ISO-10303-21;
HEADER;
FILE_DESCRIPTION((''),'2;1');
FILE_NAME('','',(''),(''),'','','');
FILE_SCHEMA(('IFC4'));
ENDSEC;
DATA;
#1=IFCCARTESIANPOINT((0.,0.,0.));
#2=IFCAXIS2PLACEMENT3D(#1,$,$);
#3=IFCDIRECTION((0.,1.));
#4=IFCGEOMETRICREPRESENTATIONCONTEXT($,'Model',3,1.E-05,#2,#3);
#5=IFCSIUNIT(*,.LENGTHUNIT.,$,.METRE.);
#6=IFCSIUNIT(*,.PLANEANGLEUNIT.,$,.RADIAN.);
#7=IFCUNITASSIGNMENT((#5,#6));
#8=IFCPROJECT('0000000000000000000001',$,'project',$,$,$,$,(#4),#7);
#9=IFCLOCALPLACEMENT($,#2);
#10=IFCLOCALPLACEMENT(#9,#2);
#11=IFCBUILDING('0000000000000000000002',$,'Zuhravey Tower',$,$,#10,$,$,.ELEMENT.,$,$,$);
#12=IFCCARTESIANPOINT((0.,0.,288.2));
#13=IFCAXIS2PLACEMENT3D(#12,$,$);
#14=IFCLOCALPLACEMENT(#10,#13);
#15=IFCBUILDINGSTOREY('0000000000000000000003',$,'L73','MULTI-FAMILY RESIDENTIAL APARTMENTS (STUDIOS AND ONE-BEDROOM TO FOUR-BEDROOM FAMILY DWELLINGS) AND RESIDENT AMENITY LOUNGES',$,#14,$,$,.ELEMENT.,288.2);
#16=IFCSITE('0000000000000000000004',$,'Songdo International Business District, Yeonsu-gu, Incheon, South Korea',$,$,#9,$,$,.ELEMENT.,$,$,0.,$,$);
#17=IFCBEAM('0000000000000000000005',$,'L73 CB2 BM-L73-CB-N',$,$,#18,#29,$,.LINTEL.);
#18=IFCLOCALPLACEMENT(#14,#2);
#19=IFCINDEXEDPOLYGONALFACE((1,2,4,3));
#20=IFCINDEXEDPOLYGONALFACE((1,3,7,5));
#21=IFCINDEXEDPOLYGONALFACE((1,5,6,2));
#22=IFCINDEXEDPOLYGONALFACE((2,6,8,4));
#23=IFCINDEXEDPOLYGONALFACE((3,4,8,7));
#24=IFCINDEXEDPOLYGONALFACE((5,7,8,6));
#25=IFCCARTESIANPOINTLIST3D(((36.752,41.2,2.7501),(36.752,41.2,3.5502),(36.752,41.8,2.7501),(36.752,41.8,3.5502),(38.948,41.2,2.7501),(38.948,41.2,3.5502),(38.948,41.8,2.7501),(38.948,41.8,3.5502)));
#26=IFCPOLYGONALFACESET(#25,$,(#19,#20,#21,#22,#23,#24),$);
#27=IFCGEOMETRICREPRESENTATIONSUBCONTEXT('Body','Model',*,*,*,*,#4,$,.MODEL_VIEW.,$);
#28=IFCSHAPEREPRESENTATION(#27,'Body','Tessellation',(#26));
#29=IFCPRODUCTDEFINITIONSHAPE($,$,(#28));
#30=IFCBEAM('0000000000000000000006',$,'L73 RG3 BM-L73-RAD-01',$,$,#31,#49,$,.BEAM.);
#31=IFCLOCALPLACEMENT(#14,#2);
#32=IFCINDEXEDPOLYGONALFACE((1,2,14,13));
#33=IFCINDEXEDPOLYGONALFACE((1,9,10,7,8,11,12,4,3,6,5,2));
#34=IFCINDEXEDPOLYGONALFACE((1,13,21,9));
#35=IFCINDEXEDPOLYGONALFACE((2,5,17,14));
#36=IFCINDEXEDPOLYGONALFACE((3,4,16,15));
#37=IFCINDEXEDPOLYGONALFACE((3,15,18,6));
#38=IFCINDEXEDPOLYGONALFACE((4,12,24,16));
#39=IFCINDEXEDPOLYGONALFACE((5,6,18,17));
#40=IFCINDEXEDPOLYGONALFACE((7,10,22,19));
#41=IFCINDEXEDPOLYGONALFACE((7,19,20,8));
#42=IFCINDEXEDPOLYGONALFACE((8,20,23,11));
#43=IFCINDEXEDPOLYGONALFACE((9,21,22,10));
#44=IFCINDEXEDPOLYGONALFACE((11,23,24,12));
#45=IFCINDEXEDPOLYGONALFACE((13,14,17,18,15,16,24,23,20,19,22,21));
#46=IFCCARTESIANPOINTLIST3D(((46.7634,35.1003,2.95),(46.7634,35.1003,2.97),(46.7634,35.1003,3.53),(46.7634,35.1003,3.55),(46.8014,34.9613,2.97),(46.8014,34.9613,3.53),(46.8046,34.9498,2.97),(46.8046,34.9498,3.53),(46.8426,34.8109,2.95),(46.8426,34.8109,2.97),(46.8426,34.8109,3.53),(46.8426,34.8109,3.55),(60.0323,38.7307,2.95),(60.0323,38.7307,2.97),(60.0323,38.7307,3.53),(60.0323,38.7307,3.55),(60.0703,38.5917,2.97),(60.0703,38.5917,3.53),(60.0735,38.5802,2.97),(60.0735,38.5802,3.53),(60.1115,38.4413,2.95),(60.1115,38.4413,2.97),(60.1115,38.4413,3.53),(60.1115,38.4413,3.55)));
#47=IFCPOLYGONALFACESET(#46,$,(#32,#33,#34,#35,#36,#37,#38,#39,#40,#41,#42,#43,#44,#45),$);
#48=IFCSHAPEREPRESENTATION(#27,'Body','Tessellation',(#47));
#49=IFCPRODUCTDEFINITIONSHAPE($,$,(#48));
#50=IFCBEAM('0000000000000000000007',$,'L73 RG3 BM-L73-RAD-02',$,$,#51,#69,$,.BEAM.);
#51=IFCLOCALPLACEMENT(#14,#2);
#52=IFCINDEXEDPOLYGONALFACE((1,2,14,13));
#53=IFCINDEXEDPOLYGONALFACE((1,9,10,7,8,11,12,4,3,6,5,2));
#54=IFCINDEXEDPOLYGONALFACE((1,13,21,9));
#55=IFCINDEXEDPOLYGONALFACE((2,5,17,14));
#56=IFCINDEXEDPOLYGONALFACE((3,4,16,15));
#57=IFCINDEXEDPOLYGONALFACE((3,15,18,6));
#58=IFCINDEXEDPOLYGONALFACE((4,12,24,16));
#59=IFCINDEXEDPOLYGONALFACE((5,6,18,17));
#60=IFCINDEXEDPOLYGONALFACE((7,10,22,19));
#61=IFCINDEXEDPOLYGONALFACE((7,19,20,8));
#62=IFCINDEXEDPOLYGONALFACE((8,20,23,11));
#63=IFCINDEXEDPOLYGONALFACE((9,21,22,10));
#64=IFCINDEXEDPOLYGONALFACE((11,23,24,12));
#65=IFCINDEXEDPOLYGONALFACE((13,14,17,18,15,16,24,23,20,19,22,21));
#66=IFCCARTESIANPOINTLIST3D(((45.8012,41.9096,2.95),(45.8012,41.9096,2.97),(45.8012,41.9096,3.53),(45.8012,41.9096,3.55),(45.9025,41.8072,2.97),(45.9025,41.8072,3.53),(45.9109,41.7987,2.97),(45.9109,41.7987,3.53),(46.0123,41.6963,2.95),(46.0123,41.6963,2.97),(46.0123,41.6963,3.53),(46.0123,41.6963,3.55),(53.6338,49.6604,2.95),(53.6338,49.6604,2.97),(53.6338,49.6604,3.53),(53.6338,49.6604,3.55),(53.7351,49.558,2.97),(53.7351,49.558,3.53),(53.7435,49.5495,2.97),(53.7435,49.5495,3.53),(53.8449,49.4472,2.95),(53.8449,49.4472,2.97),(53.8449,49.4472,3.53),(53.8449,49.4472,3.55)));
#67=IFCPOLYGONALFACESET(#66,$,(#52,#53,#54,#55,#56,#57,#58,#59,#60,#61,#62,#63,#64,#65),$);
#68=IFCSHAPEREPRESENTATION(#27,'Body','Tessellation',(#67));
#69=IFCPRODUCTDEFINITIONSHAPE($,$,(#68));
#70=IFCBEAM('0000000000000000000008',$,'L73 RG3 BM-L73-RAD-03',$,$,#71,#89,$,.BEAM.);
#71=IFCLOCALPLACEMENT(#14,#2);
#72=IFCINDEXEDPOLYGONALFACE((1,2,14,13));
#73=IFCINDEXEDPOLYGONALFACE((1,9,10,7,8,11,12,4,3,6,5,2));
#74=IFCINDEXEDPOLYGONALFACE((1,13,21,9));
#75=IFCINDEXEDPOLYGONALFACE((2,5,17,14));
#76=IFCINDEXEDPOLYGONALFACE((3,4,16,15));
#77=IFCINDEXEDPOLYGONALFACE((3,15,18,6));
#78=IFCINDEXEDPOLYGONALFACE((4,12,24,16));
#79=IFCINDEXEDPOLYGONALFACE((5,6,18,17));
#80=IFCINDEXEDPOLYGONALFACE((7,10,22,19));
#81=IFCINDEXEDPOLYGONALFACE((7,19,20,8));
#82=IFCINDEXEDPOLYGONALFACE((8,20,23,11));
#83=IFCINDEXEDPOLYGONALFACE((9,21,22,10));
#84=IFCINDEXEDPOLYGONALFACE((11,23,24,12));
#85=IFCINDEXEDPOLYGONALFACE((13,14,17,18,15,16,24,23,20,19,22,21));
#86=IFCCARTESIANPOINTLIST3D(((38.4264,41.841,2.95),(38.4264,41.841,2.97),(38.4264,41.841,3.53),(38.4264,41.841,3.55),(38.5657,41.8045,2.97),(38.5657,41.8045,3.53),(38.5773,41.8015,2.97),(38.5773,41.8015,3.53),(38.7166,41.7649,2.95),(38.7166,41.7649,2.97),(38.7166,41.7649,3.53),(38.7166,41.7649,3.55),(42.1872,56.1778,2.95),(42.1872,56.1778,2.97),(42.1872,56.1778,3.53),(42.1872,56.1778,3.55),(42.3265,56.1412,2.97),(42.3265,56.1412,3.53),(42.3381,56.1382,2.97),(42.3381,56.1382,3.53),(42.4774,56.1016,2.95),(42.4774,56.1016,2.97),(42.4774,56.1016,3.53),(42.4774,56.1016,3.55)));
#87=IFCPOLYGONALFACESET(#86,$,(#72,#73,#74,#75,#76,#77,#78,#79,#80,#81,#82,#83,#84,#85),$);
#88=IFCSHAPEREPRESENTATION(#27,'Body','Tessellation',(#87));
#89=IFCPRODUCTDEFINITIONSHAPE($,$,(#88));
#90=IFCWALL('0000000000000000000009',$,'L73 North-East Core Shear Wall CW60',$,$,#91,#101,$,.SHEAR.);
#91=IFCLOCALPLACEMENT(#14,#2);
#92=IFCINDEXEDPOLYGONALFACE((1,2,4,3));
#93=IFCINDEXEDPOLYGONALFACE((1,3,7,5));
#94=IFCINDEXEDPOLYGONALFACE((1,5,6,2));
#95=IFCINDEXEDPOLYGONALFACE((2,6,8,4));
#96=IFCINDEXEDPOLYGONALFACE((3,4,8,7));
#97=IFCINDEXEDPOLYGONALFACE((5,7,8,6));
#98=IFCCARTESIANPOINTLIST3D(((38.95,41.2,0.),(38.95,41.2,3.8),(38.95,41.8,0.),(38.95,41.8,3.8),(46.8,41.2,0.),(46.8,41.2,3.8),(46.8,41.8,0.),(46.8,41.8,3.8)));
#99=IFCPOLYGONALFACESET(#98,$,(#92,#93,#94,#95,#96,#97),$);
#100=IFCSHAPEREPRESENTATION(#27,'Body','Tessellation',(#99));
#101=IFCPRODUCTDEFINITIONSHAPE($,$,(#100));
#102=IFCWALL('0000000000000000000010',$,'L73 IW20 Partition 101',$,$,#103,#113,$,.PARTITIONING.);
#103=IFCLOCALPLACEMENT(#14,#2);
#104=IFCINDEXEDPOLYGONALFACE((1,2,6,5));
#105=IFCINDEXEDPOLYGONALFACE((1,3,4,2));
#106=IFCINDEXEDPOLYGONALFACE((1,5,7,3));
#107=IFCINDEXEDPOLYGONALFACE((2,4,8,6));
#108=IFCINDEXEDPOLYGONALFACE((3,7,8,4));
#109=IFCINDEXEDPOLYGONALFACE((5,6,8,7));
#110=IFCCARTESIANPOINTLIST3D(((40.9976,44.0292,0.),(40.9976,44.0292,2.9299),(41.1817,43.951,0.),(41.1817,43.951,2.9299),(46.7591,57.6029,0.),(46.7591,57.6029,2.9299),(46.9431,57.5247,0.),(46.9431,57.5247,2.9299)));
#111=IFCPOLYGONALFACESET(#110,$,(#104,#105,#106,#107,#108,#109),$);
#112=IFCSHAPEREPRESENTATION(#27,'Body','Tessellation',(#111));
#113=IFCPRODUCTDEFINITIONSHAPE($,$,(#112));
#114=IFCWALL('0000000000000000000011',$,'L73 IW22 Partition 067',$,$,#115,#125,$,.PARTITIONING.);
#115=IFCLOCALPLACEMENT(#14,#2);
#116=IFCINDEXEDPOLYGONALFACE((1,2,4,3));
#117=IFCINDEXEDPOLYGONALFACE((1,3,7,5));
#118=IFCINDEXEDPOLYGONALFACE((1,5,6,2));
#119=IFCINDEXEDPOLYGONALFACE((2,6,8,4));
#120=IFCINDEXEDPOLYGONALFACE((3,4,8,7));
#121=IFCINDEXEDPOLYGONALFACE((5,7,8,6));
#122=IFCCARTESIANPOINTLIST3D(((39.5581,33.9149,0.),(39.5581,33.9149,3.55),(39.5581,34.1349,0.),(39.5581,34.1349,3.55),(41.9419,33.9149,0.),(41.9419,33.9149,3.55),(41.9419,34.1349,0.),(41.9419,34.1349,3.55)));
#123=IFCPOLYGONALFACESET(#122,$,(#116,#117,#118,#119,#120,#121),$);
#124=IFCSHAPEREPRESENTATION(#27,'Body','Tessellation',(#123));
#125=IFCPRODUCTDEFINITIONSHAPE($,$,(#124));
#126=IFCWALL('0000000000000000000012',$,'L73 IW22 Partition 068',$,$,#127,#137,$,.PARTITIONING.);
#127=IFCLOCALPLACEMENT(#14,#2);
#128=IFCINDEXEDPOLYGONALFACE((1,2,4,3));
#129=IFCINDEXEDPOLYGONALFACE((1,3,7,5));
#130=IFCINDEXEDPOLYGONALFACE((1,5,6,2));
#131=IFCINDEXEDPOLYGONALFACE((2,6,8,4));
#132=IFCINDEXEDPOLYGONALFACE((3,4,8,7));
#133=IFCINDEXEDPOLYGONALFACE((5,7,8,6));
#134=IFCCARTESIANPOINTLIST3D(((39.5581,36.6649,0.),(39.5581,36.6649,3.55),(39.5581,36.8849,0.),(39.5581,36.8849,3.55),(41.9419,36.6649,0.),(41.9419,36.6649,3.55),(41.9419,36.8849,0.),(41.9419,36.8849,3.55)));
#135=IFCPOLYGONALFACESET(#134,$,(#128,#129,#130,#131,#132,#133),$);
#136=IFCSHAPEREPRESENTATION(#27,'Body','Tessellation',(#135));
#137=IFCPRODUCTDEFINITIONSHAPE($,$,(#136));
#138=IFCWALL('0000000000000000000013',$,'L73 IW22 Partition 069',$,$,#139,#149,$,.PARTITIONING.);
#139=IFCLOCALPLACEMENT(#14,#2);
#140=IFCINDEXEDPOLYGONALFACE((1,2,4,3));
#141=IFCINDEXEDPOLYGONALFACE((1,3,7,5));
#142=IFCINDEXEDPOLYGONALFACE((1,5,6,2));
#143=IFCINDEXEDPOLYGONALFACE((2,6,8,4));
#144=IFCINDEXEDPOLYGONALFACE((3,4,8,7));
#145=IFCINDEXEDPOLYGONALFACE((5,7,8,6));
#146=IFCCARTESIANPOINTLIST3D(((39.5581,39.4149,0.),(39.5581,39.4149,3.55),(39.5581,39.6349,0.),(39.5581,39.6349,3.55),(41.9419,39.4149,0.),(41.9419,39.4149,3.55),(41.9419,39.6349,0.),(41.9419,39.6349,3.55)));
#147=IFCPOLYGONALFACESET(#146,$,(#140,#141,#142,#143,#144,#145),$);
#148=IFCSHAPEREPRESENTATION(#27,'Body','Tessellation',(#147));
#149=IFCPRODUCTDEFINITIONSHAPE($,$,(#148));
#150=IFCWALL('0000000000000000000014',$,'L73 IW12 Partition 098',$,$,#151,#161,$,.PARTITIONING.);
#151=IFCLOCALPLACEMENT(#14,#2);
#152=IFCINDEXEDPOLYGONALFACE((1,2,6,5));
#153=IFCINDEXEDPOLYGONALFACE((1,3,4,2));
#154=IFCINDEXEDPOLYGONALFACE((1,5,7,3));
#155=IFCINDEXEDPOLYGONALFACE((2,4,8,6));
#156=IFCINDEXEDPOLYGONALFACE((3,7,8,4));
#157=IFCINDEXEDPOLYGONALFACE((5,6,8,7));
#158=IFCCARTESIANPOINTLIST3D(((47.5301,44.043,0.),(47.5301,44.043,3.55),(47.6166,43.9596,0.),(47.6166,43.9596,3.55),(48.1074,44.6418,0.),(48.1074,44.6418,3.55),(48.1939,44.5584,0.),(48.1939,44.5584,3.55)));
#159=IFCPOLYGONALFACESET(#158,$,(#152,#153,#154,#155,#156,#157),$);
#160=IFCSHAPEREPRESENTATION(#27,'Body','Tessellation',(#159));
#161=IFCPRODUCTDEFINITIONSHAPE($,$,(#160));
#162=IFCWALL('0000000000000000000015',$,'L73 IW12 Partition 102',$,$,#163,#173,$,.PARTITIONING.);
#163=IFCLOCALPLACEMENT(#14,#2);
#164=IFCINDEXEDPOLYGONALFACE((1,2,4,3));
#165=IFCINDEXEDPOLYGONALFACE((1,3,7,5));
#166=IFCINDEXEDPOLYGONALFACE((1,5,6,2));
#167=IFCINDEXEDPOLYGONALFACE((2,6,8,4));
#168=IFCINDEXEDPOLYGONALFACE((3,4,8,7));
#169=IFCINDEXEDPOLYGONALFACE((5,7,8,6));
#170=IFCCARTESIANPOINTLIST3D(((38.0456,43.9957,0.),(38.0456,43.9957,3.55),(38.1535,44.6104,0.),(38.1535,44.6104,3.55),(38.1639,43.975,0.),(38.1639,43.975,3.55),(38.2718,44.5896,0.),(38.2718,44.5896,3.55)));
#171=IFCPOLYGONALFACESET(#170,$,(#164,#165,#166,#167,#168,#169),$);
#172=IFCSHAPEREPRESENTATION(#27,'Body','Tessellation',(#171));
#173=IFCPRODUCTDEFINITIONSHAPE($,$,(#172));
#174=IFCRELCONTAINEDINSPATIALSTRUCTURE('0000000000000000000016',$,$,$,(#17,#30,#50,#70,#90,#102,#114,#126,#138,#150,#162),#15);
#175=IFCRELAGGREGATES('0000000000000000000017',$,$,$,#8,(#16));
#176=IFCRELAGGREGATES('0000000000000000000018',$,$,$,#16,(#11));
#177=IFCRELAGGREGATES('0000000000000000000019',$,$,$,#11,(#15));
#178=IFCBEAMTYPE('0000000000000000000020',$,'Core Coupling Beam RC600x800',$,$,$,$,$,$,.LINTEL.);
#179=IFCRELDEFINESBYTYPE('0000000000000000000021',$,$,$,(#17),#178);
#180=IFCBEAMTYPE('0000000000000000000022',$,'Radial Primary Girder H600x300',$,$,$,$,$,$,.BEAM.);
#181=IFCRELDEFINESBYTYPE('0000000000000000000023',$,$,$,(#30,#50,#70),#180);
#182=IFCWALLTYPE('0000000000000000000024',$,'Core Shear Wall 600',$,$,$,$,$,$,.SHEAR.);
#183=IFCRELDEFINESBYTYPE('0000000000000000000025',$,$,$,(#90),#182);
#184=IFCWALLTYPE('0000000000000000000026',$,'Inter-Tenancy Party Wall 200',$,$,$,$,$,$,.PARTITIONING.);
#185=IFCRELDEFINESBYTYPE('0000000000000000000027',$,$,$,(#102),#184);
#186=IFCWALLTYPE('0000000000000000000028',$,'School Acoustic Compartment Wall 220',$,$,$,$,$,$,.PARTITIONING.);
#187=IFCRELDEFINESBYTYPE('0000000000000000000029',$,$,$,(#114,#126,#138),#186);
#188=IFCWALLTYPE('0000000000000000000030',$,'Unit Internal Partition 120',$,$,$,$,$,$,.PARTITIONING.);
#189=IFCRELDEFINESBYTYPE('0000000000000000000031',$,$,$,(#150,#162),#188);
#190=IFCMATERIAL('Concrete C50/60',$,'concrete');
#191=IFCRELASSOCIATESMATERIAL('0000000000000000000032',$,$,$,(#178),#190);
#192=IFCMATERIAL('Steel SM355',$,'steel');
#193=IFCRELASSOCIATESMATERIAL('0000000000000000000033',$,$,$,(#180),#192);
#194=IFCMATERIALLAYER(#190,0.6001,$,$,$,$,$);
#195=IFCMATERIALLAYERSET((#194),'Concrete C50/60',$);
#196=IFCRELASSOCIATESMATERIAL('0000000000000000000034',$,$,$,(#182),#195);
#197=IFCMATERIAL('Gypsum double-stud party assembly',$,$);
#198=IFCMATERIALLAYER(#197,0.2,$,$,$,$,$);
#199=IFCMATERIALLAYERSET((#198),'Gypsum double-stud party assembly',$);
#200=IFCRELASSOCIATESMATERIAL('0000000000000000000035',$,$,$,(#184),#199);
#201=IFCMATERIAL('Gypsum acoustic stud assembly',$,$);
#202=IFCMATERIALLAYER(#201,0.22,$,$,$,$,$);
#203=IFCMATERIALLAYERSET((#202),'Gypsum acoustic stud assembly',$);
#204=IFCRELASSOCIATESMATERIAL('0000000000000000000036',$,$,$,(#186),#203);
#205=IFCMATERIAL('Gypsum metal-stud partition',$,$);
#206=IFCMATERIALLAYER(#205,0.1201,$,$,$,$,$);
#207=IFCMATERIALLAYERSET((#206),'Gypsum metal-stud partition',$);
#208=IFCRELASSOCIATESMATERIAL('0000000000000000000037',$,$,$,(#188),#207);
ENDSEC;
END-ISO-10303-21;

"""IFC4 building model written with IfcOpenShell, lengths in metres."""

from ifc_helpers import new_model, si_unit, direction, frame, frame_2d, origin, origin_2d, place, context, subcontext, project, spatial, rectangle, i_section, extrude, material, layer, layer_set, material_profile, profile_set, type_object, element, save


model = new_model("IFC4")

# Units and contexts
model_context = context("Model", 3, precision=1e-05, world=origin(), true_north=direction((0.0, 1.0)))
body_context = subcontext(model_context, "Body", "Model", "MODEL_VIEW")
ifc_project = project(units=[si_unit("LENGTHUNIT", "METRE"), si_unit("PLANEANGLEUNIT", "RADIAN")], contexts=[model_context])

# Site, building, storey
site_placement = place(None, origin())
site = spatial("IfcSite", under=ifc_project, at=site_placement, Name="Songdo International Business District, Yeonsu-gu, Incheon, South Korea", CompositionType="ELEMENT", RefElevation=0.0)
building_placement = place(site_placement, origin())
building = spatial("IfcBuilding", under=site, at=building_placement, Name="Zuhravey Tower", CompositionType="ELEMENT")
storey_placement = place(building_placement, frame((0.0, 0.0, 288.2)))
storey = spatial("IfcBuildingStorey", under=building, at=storey_placement, Name="L73", Description="MULTI-FAMILY RESIDENTIAL APARTMENTS (STUDIOS AND ONE-BEDROOM TO FOUR-BEDROOM FAMILY DWELLINGS) AND RESIDENT AMENITY LOUNGES", CompositionType="ELEMENT", Elevation=288.2)

# Beams
ifc_material_1 = material(Name="Concrete C50/60", Category="concrete")
ifc_material_profile_1 = material_profile(ifc_material_1, rectangle(XDim=0.6001, YDim=0.8, at=origin_2d()), Name="RC-600x800")
ifc_profile_set_1 = profile_set([ifc_material_profile_1], Name="Concrete C50/60")
beam_type_1 = type_object("IfcBeamType", Name="Core Coupling Beam RC600x800", PredefinedType="LINTEL", material=ifc_profile_set_1)
beam_1_placement = place(storey_placement, frame((36.752, 41.5, 3.1501), z_axis=(1.0, 0.0, 0.0), x_axis=(0.0, 1.0, 0.0)))
element("IfcBeam", 1, at=beam_1_placement, inside=storey, type_object=beam_type_1, Name="L73 CB2 BM-L73-CB-N", PredefinedType="LINTEL", context=body_context, shape_type="SweptSolid", body=[
    extrude(rectangle(XDim=0.6001, YDim=0.8, at=origin_2d()), origin(), (0.0, 0.0, 1.0), 2.196),
])
ifc_material_2 = material(Name="Steel SM355", Category="steel")
ifc_material_profile_2 = material_profile(ifc_material_2, i_section(OverallWidth=0.3, OverallDepth=0.6001, WebThickness=0.012, FlangeThickness=0.02, at=origin_2d()), Name="H-600x300x12x20")
ifc_profile_set_2 = profile_set([ifc_material_profile_2], Name="Steel SM355")
beam_type_2 = type_object("IfcBeamType", Name="Radial Primary Girder H600x300", PredefinedType="BEAM", material=ifc_profile_set_2)
beam_2_placement = place(storey_placement, frame((46.803, 34.9556, 3.25), z_axis=(0.964549, 0.263903, 0.0), x_axis=(-0.263903, 0.964549, 0.0)))
element("IfcBeam", 2, at=beam_2_placement, inside=storey, type_object=beam_type_2, Name="L73 RG3 BM-L73-RAD-01", PredefinedType="BEAM", context=body_context, shape_type="SweptSolid", body=[
    extrude(i_section(OverallWidth=0.3, OverallDepth=0.6001, WebThickness=0.012, FlangeThickness=0.02, at=origin_2d()), origin(), (0.0, 0.0, 1.0), 13.7566),
])
beam_3_placement = place(storey_placement, frame((45.9067, 41.803, 3.25), z_axis=(0.710808, 0.703386, 0.0), x_axis=(-0.703386, 0.710808, 0.0)))
element("IfcBeam", 3, at=beam_3_placement, inside=storey, type_object=beam_type_2, Name="L73 RG3 BM-L73-RAD-02", PredefinedType="BEAM", context=body_context, shape_type="SweptSolid", body=[
    extrude(i_section(OverallWidth=0.3, OverallDepth=0.6001, WebThickness=0.012, FlangeThickness=0.02, at=origin_2d()), origin(), (0.0, 0.0, 1.0), 11.0193),
])
beam_4_placement = place(storey_placement, frame((38.5715, 41.803, 3.25), z_axis=(0.253732, 0.967275, 0.0), x_axis=(-0.967275, 0.253732, 0.0)))
element("IfcBeam", 4, at=beam_4_placement, inside=storey, type_object=beam_type_2, Name="L73 RG3 BM-L73-RAD-03", PredefinedType="BEAM", context=body_context, shape_type="SweptSolid", body=[
    extrude(i_section(OverallWidth=0.3, OverallDepth=0.6001, WebThickness=0.012, FlangeThickness=0.02, at=origin_2d()), origin(), (0.0, 0.0, 1.0), 14.8218),
])

# Wall
ifc_layer_1 = layer(ifc_material_1, 0.6001)
ifc_layer_set_1 = layer_set([ifc_layer_1], Name="Concrete C50/60")
wall_type_1 = type_object("IfcWallType", Name="Core Shear Wall 600", PredefinedType="SHEAR", material=ifc_layer_set_1)
wall_1_placement = place(storey_placement, frame((46.8, 41.5, 0.0), z_axis=(0.0, 0.0, 1.0), x_axis=(-1.0, 0.0, 0.0)))
element("IfcWall", 5, at=wall_1_placement, inside=storey, type_object=wall_type_1, Name="L73 North-East Core Shear Wall CW60", PredefinedType="SHEAR", context=body_context, shape_type="SweptSolid", body=[
    extrude(rectangle(XDim=7.8501, YDim=0.6001, at=frame_2d((3.925, 0.0))), origin(), (0.0, 0.0, 1.0), 3.8),
])

# Walls
ifc_material_3 = material(Name="Gypsum double-stud party assembly")
ifc_layer_2 = layer(ifc_material_3, 0.2)
ifc_layer_set_2 = layer_set([ifc_layer_2], Name="Gypsum double-stud party assembly")
wall_type_2 = type_object("IfcWallType", Name="Inter-Tenancy Party Wall 200", PredefinedType="PARTITIONING", material=ifc_layer_set_2)
wall_2_placement = place(storey_placement, frame((41.0896, 43.99, 0.0), z_axis=(0.0, 0.0, 1.0), x_axis=(0.390718, 0.920511, 0.0)))
element("IfcWall", 6, at=wall_2_placement, inside=storey, type_object=wall_type_2, Name="L73 IW20 Partition 101", PredefinedType="PARTITIONING", context=body_context, shape_type="SweptSolid", body=[
    extrude(rectangle(XDim=14.7458, YDim=0.2, at=frame_2d((7.373, 0.0))), origin(), (0.0, 0.0, 1.0), 2.9299),
])
ifc_material_4 = material(Name="Gypsum acoustic stud assembly")
ifc_layer_3 = layer(ifc_material_4, 0.22)
ifc_layer_set_3 = layer_set([ifc_layer_3], Name="Gypsum acoustic stud assembly")
wall_type_3 = type_object("IfcWallType", Name="School Acoustic Compartment Wall 220", PredefinedType="PARTITIONING", material=ifc_layer_set_3)
for number, where, z_axis, x_axis, name in (
    (7, (39.5581, 34.0249, 0.0), (0.0, 0.0, 1.0), (1.0, 0.0, 0.0), "L73 IW22 Partition 067"),
    (8, (39.5581, 36.7749, 0.0), (0.0, 0.0, 1.0), (1.0, 0.0, 0.0), "L73 IW22 Partition 068"),
    (9, (39.5581, 39.5249, 0.0), (0.0, 0.0, 1.0), (1.0, 0.0, 0.0), "L73 IW22 Partition 069"),
):
    element("IfcWall", number, at=place(storey_placement, frame(where, z_axis=z_axis, x_axis=x_axis)), inside=storey, type_object=wall_type_3, Name=name, PredefinedType="PARTITIONING", context=body_context, shape_type="SweptSolid", body=[
        extrude(rectangle(XDim=2.3838, YDim=0.22, at=frame_2d((1.1919, 0.0))), origin(), (0.0, 0.0, 1.0), 3.55),
    ])
ifc_material_5 = material(Name="Gypsum metal-stud partition")
ifc_layer_4 = layer(ifc_material_5, 0.1201)
ifc_layer_set_4 = layer_set([ifc_layer_4], Name="Gypsum metal-stud partition")
wall_type_4 = type_object("IfcWallType", Name="Unit Internal Partition 120", PredefinedType="PARTITIONING", material=ifc_layer_set_4)
wall_3_placement = place(storey_placement, frame((47.5732, 44.0012, 0.0), z_axis=(0.0, 0.0, 1.0), x_axis=(0.694076, 0.719902, 0.0)))
element("IfcWall", 10, at=wall_3_placement, inside=storey, type_object=wall_type_4, Name="L73 IW12 Partition 098", PredefinedType="PARTITIONING", context=body_context, shape_type="SweptSolid", body=[
    extrude(rectangle(XDim=0.8318, YDim=0.1201, at=frame_2d((0.416, 0.0))), origin(), (0.0, 0.0, 1.0), 3.55),
])
wall_4_placement = place(storey_placement, frame((38.1047, 43.9854, 0.0), z_axis=(0.0, 0.0, 1.0), x_axis=(0.172893, 0.984941, 0.0)))
element("IfcWall", 11, at=wall_4_placement, inside=storey, type_object=wall_type_4, Name="L73 IW12 Partition 102", PredefinedType="PARTITIONING", context=body_context, shape_type="SweptSolid", body=[
    extrude(rectangle(XDim=0.624, YDim=0.1201, at=frame_2d((0.312, 0.0))), origin(), (0.0, 0.0, 1.0), 3.55),
])

save(model, "model.ifc")
